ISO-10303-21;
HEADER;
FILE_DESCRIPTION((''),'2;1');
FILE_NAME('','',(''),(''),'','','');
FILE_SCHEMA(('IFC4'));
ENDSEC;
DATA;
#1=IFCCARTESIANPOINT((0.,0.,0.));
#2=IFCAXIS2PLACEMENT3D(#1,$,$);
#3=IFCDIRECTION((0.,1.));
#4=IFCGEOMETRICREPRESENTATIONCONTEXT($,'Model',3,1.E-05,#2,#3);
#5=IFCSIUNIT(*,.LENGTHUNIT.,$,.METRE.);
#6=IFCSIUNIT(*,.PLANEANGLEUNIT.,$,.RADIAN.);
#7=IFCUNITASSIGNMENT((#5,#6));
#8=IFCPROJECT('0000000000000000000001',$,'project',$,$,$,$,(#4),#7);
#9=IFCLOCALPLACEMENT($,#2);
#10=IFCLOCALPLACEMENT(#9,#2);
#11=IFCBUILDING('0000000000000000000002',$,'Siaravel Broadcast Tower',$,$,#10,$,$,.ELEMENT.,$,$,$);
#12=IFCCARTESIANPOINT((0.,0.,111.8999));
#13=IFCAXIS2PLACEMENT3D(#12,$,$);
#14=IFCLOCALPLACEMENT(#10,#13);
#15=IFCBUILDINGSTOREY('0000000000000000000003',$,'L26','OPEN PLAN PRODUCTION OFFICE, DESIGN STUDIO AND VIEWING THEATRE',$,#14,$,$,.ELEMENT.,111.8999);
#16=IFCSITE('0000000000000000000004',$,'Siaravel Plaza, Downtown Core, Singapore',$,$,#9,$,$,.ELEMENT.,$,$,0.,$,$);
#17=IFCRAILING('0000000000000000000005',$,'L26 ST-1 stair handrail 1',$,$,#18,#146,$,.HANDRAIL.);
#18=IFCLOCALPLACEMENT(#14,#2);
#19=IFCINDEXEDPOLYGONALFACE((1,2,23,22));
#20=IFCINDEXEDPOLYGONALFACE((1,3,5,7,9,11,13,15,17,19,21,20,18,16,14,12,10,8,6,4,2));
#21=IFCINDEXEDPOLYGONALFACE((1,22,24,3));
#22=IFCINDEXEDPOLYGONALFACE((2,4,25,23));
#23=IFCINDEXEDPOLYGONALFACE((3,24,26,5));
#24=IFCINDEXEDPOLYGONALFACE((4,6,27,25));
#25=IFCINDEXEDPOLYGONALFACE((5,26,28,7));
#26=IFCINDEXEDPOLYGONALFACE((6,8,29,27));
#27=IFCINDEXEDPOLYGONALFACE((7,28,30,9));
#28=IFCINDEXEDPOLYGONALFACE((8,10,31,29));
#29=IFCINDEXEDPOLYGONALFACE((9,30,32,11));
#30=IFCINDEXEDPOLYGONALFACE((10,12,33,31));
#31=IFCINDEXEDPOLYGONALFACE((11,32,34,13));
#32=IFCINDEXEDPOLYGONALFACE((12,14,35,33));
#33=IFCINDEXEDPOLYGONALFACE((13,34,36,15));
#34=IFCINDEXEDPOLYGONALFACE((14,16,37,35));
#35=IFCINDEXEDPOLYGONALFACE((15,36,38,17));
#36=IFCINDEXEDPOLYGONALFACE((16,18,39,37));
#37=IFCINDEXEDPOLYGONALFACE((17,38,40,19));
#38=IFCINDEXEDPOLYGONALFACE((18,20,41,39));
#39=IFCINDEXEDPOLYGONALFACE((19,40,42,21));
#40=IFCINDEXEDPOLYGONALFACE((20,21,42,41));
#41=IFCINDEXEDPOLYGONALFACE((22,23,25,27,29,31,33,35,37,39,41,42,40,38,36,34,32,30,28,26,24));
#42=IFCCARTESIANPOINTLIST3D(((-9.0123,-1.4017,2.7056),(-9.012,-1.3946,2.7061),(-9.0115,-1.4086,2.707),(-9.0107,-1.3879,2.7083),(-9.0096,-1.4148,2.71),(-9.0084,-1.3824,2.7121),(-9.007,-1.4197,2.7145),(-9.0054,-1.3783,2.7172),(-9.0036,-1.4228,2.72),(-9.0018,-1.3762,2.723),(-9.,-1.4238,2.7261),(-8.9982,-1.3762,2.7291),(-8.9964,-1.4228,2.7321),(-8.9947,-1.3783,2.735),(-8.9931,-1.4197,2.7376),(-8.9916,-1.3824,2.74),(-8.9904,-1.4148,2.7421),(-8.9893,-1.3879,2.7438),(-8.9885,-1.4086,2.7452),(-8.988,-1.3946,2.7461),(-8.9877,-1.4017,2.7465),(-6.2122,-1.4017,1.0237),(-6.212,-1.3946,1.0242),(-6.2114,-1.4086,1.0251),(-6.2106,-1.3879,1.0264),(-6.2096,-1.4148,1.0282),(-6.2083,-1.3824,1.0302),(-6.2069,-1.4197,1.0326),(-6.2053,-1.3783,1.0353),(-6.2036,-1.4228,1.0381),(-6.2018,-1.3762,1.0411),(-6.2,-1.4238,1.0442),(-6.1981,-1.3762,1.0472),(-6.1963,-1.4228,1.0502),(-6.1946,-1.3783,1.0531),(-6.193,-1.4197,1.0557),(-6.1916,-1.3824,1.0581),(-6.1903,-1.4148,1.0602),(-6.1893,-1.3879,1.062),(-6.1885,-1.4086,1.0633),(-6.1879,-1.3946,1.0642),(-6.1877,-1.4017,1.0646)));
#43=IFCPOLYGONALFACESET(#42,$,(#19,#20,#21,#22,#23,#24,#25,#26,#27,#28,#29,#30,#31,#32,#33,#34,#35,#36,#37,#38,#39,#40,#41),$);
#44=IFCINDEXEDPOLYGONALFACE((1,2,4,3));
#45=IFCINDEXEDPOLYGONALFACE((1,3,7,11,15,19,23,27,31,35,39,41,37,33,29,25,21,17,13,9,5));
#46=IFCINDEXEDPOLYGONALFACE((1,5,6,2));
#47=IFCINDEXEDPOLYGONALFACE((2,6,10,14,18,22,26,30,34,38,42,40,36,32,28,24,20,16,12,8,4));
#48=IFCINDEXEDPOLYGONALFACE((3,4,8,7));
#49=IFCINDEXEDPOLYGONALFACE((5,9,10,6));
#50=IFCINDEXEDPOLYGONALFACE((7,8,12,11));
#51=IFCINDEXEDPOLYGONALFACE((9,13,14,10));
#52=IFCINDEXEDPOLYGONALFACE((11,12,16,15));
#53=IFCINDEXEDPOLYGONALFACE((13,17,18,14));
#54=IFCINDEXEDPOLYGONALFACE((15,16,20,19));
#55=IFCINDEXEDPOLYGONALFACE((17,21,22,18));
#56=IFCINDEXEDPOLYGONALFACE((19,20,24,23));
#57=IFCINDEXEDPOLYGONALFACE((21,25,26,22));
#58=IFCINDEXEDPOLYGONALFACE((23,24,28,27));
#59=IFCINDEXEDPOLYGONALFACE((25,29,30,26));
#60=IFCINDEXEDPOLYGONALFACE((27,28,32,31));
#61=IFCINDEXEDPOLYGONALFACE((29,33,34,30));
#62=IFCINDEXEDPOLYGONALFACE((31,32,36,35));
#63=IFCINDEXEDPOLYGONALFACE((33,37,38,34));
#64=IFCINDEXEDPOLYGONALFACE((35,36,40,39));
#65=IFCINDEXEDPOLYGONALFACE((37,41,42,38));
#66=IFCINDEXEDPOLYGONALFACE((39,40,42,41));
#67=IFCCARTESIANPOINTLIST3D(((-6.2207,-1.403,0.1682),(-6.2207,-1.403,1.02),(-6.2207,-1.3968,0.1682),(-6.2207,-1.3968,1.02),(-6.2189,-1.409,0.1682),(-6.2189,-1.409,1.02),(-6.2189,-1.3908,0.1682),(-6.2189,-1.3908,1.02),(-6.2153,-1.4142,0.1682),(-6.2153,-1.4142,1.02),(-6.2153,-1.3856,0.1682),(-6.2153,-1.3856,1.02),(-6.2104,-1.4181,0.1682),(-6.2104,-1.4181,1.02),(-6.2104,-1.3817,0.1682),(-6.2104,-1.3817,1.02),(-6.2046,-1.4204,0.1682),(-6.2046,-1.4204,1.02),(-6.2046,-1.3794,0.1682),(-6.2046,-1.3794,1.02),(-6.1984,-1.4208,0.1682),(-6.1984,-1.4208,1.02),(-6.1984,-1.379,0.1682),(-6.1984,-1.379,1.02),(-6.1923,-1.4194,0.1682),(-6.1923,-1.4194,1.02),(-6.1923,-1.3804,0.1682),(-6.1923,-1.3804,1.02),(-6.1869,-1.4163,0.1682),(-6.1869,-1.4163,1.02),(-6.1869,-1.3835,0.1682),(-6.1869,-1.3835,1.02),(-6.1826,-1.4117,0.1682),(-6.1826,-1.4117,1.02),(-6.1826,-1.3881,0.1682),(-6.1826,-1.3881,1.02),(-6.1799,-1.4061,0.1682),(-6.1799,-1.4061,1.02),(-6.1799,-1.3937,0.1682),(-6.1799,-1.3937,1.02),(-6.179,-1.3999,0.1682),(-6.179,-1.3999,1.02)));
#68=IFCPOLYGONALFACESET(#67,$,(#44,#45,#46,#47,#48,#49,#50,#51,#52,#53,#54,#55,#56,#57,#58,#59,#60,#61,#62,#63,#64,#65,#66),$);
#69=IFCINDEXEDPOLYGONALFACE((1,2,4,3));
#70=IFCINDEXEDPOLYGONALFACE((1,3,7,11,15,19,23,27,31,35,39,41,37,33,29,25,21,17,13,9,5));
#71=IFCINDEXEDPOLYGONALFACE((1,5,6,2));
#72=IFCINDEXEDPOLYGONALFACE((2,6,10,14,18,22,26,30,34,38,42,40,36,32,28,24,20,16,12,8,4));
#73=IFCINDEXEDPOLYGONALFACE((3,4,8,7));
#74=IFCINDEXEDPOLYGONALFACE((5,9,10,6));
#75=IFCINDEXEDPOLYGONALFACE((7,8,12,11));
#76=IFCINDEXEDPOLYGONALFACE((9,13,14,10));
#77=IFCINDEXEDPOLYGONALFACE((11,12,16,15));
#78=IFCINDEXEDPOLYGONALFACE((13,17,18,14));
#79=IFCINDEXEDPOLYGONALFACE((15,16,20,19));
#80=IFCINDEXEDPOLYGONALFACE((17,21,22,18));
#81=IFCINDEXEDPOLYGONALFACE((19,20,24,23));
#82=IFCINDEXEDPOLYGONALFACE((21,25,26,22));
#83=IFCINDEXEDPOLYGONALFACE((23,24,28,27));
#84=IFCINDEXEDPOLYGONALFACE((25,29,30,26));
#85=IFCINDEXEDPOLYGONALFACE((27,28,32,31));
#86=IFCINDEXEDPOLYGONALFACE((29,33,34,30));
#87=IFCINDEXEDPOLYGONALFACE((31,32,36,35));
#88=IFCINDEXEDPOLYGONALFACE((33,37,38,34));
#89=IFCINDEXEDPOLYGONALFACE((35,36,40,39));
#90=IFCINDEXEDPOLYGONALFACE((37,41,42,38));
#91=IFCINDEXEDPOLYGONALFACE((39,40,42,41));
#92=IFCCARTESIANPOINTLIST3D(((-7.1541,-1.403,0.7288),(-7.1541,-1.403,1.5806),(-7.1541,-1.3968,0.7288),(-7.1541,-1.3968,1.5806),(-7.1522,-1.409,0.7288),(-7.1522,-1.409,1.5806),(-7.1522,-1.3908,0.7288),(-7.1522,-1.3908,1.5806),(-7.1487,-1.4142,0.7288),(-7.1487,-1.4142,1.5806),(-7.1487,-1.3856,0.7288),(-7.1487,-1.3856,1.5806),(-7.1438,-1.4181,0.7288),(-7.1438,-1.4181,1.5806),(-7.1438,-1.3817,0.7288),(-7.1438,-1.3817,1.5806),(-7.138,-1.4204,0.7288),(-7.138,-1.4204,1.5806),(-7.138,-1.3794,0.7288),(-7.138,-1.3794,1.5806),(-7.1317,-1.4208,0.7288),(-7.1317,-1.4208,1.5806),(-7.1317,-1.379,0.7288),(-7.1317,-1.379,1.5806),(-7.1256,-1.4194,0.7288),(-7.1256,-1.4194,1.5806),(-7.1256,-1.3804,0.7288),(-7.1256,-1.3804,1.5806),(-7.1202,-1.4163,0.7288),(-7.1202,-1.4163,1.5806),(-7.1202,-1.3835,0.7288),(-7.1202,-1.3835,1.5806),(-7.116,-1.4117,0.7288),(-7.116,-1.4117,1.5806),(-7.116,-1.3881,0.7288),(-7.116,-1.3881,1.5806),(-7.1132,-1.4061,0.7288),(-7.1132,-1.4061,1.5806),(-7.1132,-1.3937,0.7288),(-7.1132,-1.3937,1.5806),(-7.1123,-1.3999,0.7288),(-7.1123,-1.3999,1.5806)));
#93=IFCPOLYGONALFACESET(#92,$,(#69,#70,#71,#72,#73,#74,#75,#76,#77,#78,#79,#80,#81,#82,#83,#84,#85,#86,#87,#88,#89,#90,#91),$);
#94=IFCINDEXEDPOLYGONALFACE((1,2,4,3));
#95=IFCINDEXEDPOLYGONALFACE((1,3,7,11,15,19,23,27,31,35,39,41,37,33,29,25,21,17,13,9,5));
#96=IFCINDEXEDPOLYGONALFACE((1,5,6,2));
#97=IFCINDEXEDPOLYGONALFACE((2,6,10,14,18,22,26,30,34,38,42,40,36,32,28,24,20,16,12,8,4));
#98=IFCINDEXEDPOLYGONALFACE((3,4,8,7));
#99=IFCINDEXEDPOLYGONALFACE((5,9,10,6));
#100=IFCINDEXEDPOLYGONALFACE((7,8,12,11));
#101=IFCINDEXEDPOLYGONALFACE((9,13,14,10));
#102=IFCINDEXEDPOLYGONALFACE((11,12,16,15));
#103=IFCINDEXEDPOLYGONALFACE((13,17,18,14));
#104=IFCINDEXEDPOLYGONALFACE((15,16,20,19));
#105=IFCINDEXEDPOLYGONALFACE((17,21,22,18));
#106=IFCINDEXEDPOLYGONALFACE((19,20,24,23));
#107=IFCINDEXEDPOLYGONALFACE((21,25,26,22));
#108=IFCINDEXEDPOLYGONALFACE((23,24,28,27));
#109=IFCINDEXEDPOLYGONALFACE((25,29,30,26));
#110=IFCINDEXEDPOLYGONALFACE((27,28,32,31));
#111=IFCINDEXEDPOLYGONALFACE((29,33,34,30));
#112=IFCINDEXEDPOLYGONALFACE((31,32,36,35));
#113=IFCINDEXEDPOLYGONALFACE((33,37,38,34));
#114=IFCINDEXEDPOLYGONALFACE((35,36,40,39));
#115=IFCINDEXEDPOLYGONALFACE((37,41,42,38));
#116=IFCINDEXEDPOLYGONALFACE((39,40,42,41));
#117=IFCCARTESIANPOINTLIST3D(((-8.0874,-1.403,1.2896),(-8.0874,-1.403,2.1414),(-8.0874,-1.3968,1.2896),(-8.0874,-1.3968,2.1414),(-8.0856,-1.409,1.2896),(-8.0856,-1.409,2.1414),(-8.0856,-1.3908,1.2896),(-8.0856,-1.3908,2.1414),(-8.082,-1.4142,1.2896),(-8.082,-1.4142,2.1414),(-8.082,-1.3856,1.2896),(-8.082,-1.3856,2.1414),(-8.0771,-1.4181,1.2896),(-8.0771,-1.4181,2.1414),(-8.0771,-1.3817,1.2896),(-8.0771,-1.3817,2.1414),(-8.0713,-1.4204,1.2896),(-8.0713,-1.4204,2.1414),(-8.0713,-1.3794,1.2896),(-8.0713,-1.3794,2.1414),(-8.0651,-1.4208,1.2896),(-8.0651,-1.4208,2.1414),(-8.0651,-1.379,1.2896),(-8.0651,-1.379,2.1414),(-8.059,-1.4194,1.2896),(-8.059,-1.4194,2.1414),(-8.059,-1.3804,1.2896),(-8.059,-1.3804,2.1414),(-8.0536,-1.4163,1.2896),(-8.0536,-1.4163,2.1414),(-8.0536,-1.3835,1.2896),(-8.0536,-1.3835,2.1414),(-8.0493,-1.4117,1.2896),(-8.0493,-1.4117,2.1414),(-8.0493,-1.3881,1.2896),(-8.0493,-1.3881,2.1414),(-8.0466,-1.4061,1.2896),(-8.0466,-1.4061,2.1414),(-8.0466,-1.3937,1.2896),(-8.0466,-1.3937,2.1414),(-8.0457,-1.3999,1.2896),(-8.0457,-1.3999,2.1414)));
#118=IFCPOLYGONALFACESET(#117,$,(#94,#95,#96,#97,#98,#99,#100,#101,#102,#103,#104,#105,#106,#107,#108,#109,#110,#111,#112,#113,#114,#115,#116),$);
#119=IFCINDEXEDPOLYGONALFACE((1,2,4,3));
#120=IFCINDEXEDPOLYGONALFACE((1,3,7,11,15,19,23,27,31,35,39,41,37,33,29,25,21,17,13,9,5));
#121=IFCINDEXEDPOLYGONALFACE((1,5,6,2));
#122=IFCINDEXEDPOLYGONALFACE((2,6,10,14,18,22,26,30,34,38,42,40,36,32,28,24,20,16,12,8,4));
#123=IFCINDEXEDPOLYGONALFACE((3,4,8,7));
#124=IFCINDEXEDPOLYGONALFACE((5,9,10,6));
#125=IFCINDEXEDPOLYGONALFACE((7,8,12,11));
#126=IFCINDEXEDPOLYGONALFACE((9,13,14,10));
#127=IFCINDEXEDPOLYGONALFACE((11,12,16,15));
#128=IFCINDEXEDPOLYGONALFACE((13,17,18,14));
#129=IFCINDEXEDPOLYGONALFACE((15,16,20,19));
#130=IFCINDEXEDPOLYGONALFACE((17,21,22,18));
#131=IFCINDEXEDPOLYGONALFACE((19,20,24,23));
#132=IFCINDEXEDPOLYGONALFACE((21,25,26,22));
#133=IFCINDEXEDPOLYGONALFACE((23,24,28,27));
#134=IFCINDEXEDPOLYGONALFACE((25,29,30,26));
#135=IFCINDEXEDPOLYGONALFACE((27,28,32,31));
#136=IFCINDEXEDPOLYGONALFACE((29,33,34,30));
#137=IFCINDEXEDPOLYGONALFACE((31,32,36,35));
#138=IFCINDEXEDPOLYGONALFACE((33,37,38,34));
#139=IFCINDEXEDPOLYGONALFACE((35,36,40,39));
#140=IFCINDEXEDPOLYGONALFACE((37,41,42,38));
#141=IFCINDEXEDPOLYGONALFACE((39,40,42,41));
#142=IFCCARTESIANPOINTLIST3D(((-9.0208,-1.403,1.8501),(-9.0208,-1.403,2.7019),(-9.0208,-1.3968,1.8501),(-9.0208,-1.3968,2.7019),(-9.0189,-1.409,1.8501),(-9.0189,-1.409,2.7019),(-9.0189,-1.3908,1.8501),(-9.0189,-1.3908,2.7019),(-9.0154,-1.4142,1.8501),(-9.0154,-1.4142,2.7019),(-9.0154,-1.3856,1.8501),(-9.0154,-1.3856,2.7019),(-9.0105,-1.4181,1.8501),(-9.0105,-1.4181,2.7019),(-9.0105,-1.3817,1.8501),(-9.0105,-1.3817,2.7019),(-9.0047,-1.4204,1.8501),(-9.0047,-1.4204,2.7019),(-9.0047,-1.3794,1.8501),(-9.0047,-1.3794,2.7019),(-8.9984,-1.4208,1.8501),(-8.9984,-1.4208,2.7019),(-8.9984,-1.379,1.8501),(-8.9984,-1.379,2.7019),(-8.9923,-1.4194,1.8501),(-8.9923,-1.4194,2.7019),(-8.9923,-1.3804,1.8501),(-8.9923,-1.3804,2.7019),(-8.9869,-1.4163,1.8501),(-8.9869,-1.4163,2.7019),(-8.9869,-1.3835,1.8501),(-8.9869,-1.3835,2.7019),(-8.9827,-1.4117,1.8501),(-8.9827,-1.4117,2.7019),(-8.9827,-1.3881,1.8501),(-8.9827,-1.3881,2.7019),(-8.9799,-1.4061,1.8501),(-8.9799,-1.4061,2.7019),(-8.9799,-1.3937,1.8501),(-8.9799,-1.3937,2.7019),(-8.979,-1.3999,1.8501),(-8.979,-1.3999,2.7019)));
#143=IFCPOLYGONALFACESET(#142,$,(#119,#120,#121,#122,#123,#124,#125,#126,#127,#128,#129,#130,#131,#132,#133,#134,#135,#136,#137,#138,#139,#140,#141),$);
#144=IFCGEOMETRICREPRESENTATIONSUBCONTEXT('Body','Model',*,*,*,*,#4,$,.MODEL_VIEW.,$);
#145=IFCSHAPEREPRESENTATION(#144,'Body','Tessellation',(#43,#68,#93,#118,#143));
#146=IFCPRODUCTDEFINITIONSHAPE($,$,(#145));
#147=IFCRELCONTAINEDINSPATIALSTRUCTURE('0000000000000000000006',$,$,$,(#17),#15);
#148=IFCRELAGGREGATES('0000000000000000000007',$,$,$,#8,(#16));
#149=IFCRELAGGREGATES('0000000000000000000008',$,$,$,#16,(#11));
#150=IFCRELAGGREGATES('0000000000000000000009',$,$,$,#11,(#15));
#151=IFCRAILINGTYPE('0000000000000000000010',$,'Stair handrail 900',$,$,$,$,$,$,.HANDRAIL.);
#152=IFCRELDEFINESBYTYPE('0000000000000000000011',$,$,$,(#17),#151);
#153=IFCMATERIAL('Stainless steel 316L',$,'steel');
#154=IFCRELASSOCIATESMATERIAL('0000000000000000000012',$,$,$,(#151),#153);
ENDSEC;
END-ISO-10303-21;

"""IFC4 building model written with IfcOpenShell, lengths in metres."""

from ifc_helpers import new_model, si_unit, direction, frame, origin, origin_2d, place, context, subcontext, project, spatial, circle, extrude, material, type_object, element, save


model = new_model("IFC4")

# Units and contexts
model_context = context("Model", 3, precision=1e-05, world=origin(), true_north=direction((0.0, 1.0)))
body_context = subcontext(model_context, "Body", "Model", "MODEL_VIEW")
ifc_project = project(units=[si_unit("LENGTHUNIT", "METRE"), si_unit("PLANEANGLEUNIT", "RADIAN")], contexts=[model_context])

# Site, building, storey
site_placement = place(None, origin())
site = spatial("IfcSite", under=ifc_project, at=site_placement, Name="Siaravel Plaza, Downtown Core, Singapore", CompositionType="ELEMENT", RefElevation=0.0)
building_placement = place(site_placement, origin())
building = spatial("IfcBuilding", under=site, at=building_placement, Name="Siaravel Broadcast Tower", CompositionType="ELEMENT")
storey_placement = place(building_placement, frame((0.0, 0.0, 111.8999)))
storey = spatial("IfcBuildingStorey", under=building, at=storey_placement, Name="L26", Description="OPEN PLAN PRODUCTION OFFICE, DESIGN STUDIO AND VIEWING THEATRE", CompositionType="ELEMENT", Elevation=111.8999)

# Shared definitions
ifc_material_1 = material(Name="Stainless steel 316L", Category="steel")

# Railing
railing_type = type_object("IfcRailingType", Name="Stair handrail 900", PredefinedType="HANDRAIL", material=ifc_material_1)
railing_placement = place(storey_placement, frame((-6.2, -1.3999, 0.1682)))
element("IfcRailing", 1, at=railing_placement, inside=storey, type_object=railing_type, Name="L26 ST-1 stair handrail 1", PredefinedType="HANDRAIL", context=body_context, shape_type="SweptSolid", body=[
    extrude(circle(Radius=0.0239, at=origin_2d()), frame((0.0, 0.0, 0.876), z_axis=(-0.857242, 0.0, 0.514913), x_axis=(0.0, -1.0, 0.0)), (0.0, 0.0, 1.0), 3.2664),
    extrude(circle(Radius=0.021, at=origin_2d()), origin(), (0.0, 0.0, 1.0), 0.8518),
    extrude(circle(Radius=0.021, at=origin_2d()), frame((-0.9333, 0.0, 0.5605)), (0.0, 0.0, 1.0), 0.8518),
    extrude(circle(Radius=0.021, at=origin_2d()), frame((-1.8667, 0.0, 1.1213)), (0.0, 0.0, 1.0), 0.8518),
    extrude(circle(Radius=0.021, at=origin_2d()), frame((-2.8, 0.0, 1.6819)), (0.0, 0.0, 1.0), 0.8518),
])

save(model, "model.ifc")
